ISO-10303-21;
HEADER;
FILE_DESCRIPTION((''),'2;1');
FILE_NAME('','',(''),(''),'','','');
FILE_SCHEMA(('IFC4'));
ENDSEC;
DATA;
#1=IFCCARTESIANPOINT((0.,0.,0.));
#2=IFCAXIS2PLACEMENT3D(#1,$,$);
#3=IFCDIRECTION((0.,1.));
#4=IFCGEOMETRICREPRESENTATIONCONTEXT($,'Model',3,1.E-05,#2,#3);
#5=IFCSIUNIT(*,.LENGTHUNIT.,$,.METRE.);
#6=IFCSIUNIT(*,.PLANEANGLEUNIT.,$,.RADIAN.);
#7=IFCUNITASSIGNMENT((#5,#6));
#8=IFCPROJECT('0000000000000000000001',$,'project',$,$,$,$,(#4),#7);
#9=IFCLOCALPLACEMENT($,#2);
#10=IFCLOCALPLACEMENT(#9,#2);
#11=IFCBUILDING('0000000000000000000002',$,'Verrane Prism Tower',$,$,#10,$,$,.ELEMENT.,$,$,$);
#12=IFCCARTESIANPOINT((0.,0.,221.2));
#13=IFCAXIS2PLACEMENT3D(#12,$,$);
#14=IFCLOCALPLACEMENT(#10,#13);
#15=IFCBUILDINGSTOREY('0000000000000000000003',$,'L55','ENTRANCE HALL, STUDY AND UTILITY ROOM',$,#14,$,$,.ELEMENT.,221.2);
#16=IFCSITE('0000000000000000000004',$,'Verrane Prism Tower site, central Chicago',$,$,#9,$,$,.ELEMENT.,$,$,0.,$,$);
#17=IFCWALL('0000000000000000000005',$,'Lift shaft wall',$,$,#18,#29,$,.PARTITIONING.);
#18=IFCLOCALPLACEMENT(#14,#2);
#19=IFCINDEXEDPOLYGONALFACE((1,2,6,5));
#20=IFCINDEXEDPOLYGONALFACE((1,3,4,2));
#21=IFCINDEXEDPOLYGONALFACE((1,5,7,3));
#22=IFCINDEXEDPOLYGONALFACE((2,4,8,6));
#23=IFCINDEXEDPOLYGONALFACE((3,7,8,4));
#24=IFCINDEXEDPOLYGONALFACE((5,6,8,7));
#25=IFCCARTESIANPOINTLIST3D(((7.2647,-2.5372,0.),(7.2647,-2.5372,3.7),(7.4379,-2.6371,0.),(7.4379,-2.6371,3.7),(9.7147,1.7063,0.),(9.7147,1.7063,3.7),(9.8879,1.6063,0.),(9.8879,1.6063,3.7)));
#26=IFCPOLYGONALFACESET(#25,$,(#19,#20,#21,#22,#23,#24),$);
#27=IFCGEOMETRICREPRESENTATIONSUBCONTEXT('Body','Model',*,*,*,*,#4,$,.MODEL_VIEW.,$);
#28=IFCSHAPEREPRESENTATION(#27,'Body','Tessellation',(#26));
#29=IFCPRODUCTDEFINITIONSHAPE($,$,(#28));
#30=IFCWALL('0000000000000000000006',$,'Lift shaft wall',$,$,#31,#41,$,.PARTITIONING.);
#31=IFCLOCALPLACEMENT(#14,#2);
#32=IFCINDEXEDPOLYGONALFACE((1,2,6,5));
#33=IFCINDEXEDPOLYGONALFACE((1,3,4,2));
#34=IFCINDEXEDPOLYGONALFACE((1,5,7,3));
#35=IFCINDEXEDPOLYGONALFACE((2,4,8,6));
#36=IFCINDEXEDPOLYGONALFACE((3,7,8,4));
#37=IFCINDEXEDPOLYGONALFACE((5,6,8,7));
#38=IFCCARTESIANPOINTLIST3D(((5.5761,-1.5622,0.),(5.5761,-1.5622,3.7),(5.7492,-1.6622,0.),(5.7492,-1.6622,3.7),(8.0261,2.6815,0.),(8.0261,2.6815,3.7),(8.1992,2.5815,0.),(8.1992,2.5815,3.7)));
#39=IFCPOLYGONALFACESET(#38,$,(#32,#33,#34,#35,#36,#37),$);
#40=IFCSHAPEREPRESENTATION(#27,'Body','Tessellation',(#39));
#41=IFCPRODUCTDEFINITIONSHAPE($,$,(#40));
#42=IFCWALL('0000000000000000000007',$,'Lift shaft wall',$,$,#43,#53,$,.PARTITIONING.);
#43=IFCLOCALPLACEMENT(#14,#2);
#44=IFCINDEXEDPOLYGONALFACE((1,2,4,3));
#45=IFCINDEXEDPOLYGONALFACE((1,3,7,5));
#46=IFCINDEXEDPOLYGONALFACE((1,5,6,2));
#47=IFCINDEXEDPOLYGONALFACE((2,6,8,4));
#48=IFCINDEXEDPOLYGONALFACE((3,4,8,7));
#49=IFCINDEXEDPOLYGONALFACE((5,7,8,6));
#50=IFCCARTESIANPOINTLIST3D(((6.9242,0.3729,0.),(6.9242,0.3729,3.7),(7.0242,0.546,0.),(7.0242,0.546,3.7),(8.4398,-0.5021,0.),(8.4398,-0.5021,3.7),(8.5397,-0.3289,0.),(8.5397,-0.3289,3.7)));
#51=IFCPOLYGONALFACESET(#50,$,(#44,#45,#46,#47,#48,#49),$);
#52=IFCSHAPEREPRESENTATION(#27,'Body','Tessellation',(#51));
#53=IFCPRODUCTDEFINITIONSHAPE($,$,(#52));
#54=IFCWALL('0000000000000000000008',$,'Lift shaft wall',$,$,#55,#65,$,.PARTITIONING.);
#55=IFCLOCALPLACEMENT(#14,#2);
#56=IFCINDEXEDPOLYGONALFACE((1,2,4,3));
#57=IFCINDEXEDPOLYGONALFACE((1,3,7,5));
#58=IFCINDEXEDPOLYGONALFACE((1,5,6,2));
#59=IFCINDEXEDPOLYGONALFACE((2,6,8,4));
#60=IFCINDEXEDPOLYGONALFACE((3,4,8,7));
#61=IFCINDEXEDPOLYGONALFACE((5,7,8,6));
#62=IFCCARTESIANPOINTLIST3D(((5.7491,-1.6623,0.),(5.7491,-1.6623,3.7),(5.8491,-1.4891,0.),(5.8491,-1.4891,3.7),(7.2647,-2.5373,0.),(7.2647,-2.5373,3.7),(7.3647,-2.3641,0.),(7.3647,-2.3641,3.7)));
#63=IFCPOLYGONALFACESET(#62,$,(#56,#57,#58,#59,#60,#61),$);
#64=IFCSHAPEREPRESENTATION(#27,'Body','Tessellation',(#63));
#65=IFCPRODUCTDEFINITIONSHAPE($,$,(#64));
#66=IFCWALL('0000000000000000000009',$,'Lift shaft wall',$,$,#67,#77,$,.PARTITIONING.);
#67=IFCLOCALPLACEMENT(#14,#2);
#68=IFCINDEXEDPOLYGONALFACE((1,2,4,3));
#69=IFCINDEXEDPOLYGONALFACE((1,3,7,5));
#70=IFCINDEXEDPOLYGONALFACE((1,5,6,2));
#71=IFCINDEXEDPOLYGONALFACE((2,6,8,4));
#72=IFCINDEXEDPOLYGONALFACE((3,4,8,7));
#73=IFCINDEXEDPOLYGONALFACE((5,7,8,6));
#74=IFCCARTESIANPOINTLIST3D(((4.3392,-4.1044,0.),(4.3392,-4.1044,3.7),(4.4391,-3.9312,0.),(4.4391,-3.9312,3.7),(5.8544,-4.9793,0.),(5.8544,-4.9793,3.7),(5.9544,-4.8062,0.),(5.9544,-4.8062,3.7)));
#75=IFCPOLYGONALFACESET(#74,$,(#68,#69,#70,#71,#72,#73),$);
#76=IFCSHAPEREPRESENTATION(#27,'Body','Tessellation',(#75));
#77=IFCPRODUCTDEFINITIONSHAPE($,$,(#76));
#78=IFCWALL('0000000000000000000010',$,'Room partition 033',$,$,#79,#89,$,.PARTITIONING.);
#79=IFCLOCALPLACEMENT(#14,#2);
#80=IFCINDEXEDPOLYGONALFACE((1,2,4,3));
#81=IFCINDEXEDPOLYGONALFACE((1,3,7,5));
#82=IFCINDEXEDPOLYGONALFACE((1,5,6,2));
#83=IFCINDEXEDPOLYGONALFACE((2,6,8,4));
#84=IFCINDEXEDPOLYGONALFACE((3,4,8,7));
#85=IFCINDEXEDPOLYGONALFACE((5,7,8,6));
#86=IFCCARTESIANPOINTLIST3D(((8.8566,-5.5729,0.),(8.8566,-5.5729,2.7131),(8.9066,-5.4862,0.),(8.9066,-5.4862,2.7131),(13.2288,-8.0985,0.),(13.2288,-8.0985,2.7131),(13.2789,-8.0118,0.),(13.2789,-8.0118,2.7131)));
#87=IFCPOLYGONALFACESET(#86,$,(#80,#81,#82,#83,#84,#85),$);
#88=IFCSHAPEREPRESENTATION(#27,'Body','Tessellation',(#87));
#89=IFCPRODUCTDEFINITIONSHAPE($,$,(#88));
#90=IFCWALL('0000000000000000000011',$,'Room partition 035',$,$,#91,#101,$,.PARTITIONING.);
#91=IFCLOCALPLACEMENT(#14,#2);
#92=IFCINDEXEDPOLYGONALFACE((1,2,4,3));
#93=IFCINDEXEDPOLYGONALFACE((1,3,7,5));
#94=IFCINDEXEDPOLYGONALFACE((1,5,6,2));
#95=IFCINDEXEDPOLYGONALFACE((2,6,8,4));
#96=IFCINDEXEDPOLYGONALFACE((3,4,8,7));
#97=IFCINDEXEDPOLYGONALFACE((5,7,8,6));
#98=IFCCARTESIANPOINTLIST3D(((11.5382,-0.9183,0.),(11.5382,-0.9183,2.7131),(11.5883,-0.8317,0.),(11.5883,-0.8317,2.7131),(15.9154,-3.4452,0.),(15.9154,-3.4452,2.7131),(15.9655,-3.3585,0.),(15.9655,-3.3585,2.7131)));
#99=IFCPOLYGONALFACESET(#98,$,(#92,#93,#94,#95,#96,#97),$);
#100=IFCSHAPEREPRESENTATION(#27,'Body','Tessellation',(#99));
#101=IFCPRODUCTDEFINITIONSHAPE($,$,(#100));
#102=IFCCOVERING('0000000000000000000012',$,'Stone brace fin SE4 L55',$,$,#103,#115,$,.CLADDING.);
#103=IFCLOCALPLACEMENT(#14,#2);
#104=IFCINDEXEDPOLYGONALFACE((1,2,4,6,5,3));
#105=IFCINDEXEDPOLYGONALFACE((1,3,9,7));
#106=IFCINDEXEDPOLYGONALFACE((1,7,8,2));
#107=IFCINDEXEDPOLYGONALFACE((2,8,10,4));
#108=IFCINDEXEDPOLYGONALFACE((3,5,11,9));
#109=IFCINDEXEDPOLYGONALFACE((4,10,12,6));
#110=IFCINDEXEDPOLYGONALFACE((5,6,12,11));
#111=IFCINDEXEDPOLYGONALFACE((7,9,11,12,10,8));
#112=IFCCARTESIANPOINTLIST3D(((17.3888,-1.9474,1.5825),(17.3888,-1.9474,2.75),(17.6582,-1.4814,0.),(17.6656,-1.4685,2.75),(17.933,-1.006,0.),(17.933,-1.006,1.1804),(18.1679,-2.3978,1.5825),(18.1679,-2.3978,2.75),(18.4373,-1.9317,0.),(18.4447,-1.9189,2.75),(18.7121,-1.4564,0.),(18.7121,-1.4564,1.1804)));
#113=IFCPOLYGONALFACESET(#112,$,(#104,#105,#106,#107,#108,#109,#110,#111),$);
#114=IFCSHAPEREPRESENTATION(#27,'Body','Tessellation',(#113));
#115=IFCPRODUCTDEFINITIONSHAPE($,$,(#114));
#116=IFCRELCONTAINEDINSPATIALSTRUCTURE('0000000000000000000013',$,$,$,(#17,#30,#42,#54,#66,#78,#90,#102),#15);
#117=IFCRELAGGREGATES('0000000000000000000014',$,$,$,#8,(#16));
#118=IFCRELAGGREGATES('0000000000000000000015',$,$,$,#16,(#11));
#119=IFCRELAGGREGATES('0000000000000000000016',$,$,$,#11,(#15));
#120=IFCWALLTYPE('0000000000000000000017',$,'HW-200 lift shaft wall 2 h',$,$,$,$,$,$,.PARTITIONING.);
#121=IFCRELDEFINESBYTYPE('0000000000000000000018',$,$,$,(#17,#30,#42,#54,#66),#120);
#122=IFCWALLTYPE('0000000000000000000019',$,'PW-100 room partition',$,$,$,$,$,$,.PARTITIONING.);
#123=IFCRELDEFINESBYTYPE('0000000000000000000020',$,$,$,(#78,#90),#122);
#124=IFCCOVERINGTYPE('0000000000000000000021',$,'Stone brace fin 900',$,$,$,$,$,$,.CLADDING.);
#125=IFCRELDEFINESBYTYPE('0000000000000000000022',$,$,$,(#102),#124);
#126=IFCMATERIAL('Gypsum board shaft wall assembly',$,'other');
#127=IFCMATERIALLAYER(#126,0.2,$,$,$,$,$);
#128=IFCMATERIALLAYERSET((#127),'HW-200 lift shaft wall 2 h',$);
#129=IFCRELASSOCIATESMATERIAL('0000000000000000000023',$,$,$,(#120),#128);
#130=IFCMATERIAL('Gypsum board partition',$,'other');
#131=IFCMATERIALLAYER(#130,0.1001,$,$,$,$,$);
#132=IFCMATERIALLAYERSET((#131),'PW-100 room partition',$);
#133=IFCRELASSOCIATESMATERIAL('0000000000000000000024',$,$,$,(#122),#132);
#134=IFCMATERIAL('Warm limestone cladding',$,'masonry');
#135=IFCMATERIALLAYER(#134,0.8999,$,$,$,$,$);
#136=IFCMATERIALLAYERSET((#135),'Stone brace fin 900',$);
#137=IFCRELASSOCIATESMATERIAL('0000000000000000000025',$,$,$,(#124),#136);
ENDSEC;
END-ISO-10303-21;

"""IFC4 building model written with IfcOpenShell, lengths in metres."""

from ifc_helpers import new_model, si_unit, direction, frame, frame_2d, origin, place, context, subcontext, project, spatial, polyline, rectangle, outline, extrude, material, layer, layer_set, type_object, element, save


model = new_model("IFC4")

# Units and contexts
model_context = context("Model", 3, precision=1e-05, world=origin(), true_north=direction((0.0, 1.0)))
body_context = subcontext(model_context, "Body", "Model", "MODEL_VIEW")
ifc_project = project(units=[si_unit("LENGTHUNIT", "METRE"), si_unit("PLANEANGLEUNIT", "RADIAN")], contexts=[model_context])

# Site, building, storey
site_placement = place(None, origin())
site = spatial("IfcSite", under=ifc_project, at=site_placement, Name="Verrane Prism Tower site, central Chicago", CompositionType="ELEMENT", RefElevation=0.0)
building_placement = place(site_placement, origin())
building = spatial("IfcBuilding", under=site, at=building_placement, Name="Verrane Prism Tower", CompositionType="ELEMENT")
storey_placement = place(building_placement, frame((0.0, 0.0, 221.2)))
storey = spatial("IfcBuildingStorey", under=building, at=storey_placement, Name="L55", Description="ENTRANCE HALL, STUDY AND UTILITY ROOM", CompositionType="ELEMENT", Elevation=221.2)

# Walls
ifc_material_1 = material(Name="Gypsum board shaft wall assembly", Category="other")
ifc_layer_1 = layer(ifc_material_1, 0.2)
ifc_layer_set_1 = layer_set([ifc_layer_1], Name="HW-200 lift shaft wall 2 h")
wall_type_1 = type_object("IfcWallType", Name="HW-200 lift shaft wall 2 h", PredefinedType="PARTITIONING", material=ifc_layer_set_1)
wall_1_placement = place(storey_placement, frame((7.3513, -2.5872, 0.0), z_axis=(0.0, 0.0, 1.0), x_axis=(0.500003, 0.866024, 0.0)))
element("IfcWall", 1, at=wall_1_placement, inside=storey, type_object=wall_type_1, Name="Lift shaft wall", PredefinedType="PARTITIONING", context=body_context, shape_type="SweptSolid", body=[
    extrude(rectangle(XDim=4.8999, YDim=0.2, at=frame_2d((2.45, 0.0))), origin(), (0.0, 0.0, 1.0), 3.7),
])
wall_2_placement = place(storey_placement, frame((5.6626, -1.6123, 0.0), z_axis=(0.0, 0.0, 1.0), x_axis=(0.499981, 0.866036, 0.0)))
element("IfcWall", 2, at=wall_2_placement, inside=storey, type_object=wall_type_1, Name="Lift shaft wall", PredefinedType="PARTITIONING", context=body_context, shape_type="SweptSolid", body=[
    extrude(rectangle(XDim=4.9001, YDim=0.2, at=frame_2d((2.4502, 0.0))), origin(), (0.0, 0.0, 1.0), 3.7),
])
for number, where, z_axis, x_axis, name in (
    (3, (8.4897, -0.4155, 0.0), (0.0, 0.0, 1.0), (-0.866037, 0.49998, 0.0), "Lift shaft wall"),
    (4, (7.3147, -2.4507, 0.0), (0.0, 0.0, 1.0), (-0.866037, 0.49998, 0.0), "Lift shaft wall"),
):
    element("IfcWall", number, at=place(storey_placement, frame(where, z_axis=z_axis, x_axis=x_axis)), inside=storey, type_object=wall_type_1, Name=name, PredefinedType="PARTITIONING", context=body_context, shape_type="SweptSolid", body=[
        extrude(rectangle(XDim=1.75, YDim=0.2, at=frame_2d((0.875, 0.0))), origin(), (0.0, 0.0, 1.0), 3.7),
    ])
wall_3_placement = place(storey_placement, frame((5.9045, -4.8928, 0.0), z_axis=(0.0, 0.0, 1.0), x_axis=(-0.866002, 0.50004, 0.0)))
element("IfcWall", 5, at=wall_3_placement, inside=storey, type_object=wall_type_1, Name="Lift shaft wall", PredefinedType="PARTITIONING", context=body_context, shape_type="SweptSolid", body=[
    extrude(rectangle(XDim=1.7498, YDim=0.2, at=frame_2d((0.875, 0.0))), origin(), (0.0, 0.0, 1.0), 3.7),
])
ifc_material_2 = material(Name="Gypsum board partition", Category="other")
ifc_layer_2 = layer(ifc_material_2, 0.1001)
ifc_layer_set_2 = layer_set([ifc_layer_2], Name="PW-100 room partition")
wall_type_2 = type_object("IfcWallType", Name="PW-100 room partition", PredefinedType="PARTITIONING", material=ifc_layer_set_2)
wall_4_placement = place(storey_placement, frame((8.8816, -5.5295, 0.0), z_axis=(0.0, 0.0, 1.0), x_axis=(0.865916, -0.50019, 0.0)))
element("IfcWall", 6, at=wall_4_placement, inside=storey, type_object=wall_type_2, Name="Room partition 033", PredefinedType="PARTITIONING", context=body_context, shape_type="SweptSolid", body=[
    extrude(rectangle(XDim=5.0493, YDim=0.1001, at=frame_2d((2.5247, 0.0))), origin(), (0.0, 0.0, 1.0), 2.7131),
])
wall_5_placement = place(storey_placement, frame((11.5632, -0.875, 0.0), z_axis=(0.0, 0.0, 1.0), x_axis=(0.866053, -0.499952, 0.0)))
element("IfcWall", 7, at=wall_5_placement, inside=storey, type_object=wall_type_2, Name="Room partition 035", PredefinedType="PARTITIONING", context=body_context, shape_type="SweptSolid", body=[
    extrude(rectangle(XDim=5.0542, YDim=0.1001, at=frame_2d((2.5271, 0.0))), origin(), (0.0, 0.0, 1.0), 2.7131),
])

# Covering
ifc_material_3 = material(Name="Warm limestone cladding", Category="masonry")
ifc_layer_3 = layer(ifc_material_3, 0.8999)
ifc_layer_set_3 = layer_set([ifc_layer_3], Name="Stone brace fin 900")
covering_type = type_object("IfcCoveringType", Name="Stone brace fin 900", PredefinedType="CLADDING", material=ifc_layer_set_3)
covering_placement = place(storey_placement, frame((18.3225, -1.2312, 0.0), z_axis=(0.0, 0.0, 1.0), x_axis=(-0.500461, -0.865759, 0.0)))
element("IfcCovering", 8, at=covering_placement, inside=storey, type_object=covering_type, Name="Stone brace fin SE4 L55", PredefinedType="CLADDING", context=body_context, shape_type="SweptSolid", body=[
    extrude(outline(polyline([(1.0874, 2.75), (0.5342, 2.75), (0.0, 1.1804), (0.0, 0.0), (0.5491, 0.0), (1.0874, 1.5825), (1.0874, 2.75)])), frame((0.0, 0.45, 0.0), z_axis=(0.0, -1.0, 0.0), x_axis=(1.0, 0.0, 0.0)), (0.0, 0.0, 1.0), 0.8999),
])

save(model, "model.ifc")
